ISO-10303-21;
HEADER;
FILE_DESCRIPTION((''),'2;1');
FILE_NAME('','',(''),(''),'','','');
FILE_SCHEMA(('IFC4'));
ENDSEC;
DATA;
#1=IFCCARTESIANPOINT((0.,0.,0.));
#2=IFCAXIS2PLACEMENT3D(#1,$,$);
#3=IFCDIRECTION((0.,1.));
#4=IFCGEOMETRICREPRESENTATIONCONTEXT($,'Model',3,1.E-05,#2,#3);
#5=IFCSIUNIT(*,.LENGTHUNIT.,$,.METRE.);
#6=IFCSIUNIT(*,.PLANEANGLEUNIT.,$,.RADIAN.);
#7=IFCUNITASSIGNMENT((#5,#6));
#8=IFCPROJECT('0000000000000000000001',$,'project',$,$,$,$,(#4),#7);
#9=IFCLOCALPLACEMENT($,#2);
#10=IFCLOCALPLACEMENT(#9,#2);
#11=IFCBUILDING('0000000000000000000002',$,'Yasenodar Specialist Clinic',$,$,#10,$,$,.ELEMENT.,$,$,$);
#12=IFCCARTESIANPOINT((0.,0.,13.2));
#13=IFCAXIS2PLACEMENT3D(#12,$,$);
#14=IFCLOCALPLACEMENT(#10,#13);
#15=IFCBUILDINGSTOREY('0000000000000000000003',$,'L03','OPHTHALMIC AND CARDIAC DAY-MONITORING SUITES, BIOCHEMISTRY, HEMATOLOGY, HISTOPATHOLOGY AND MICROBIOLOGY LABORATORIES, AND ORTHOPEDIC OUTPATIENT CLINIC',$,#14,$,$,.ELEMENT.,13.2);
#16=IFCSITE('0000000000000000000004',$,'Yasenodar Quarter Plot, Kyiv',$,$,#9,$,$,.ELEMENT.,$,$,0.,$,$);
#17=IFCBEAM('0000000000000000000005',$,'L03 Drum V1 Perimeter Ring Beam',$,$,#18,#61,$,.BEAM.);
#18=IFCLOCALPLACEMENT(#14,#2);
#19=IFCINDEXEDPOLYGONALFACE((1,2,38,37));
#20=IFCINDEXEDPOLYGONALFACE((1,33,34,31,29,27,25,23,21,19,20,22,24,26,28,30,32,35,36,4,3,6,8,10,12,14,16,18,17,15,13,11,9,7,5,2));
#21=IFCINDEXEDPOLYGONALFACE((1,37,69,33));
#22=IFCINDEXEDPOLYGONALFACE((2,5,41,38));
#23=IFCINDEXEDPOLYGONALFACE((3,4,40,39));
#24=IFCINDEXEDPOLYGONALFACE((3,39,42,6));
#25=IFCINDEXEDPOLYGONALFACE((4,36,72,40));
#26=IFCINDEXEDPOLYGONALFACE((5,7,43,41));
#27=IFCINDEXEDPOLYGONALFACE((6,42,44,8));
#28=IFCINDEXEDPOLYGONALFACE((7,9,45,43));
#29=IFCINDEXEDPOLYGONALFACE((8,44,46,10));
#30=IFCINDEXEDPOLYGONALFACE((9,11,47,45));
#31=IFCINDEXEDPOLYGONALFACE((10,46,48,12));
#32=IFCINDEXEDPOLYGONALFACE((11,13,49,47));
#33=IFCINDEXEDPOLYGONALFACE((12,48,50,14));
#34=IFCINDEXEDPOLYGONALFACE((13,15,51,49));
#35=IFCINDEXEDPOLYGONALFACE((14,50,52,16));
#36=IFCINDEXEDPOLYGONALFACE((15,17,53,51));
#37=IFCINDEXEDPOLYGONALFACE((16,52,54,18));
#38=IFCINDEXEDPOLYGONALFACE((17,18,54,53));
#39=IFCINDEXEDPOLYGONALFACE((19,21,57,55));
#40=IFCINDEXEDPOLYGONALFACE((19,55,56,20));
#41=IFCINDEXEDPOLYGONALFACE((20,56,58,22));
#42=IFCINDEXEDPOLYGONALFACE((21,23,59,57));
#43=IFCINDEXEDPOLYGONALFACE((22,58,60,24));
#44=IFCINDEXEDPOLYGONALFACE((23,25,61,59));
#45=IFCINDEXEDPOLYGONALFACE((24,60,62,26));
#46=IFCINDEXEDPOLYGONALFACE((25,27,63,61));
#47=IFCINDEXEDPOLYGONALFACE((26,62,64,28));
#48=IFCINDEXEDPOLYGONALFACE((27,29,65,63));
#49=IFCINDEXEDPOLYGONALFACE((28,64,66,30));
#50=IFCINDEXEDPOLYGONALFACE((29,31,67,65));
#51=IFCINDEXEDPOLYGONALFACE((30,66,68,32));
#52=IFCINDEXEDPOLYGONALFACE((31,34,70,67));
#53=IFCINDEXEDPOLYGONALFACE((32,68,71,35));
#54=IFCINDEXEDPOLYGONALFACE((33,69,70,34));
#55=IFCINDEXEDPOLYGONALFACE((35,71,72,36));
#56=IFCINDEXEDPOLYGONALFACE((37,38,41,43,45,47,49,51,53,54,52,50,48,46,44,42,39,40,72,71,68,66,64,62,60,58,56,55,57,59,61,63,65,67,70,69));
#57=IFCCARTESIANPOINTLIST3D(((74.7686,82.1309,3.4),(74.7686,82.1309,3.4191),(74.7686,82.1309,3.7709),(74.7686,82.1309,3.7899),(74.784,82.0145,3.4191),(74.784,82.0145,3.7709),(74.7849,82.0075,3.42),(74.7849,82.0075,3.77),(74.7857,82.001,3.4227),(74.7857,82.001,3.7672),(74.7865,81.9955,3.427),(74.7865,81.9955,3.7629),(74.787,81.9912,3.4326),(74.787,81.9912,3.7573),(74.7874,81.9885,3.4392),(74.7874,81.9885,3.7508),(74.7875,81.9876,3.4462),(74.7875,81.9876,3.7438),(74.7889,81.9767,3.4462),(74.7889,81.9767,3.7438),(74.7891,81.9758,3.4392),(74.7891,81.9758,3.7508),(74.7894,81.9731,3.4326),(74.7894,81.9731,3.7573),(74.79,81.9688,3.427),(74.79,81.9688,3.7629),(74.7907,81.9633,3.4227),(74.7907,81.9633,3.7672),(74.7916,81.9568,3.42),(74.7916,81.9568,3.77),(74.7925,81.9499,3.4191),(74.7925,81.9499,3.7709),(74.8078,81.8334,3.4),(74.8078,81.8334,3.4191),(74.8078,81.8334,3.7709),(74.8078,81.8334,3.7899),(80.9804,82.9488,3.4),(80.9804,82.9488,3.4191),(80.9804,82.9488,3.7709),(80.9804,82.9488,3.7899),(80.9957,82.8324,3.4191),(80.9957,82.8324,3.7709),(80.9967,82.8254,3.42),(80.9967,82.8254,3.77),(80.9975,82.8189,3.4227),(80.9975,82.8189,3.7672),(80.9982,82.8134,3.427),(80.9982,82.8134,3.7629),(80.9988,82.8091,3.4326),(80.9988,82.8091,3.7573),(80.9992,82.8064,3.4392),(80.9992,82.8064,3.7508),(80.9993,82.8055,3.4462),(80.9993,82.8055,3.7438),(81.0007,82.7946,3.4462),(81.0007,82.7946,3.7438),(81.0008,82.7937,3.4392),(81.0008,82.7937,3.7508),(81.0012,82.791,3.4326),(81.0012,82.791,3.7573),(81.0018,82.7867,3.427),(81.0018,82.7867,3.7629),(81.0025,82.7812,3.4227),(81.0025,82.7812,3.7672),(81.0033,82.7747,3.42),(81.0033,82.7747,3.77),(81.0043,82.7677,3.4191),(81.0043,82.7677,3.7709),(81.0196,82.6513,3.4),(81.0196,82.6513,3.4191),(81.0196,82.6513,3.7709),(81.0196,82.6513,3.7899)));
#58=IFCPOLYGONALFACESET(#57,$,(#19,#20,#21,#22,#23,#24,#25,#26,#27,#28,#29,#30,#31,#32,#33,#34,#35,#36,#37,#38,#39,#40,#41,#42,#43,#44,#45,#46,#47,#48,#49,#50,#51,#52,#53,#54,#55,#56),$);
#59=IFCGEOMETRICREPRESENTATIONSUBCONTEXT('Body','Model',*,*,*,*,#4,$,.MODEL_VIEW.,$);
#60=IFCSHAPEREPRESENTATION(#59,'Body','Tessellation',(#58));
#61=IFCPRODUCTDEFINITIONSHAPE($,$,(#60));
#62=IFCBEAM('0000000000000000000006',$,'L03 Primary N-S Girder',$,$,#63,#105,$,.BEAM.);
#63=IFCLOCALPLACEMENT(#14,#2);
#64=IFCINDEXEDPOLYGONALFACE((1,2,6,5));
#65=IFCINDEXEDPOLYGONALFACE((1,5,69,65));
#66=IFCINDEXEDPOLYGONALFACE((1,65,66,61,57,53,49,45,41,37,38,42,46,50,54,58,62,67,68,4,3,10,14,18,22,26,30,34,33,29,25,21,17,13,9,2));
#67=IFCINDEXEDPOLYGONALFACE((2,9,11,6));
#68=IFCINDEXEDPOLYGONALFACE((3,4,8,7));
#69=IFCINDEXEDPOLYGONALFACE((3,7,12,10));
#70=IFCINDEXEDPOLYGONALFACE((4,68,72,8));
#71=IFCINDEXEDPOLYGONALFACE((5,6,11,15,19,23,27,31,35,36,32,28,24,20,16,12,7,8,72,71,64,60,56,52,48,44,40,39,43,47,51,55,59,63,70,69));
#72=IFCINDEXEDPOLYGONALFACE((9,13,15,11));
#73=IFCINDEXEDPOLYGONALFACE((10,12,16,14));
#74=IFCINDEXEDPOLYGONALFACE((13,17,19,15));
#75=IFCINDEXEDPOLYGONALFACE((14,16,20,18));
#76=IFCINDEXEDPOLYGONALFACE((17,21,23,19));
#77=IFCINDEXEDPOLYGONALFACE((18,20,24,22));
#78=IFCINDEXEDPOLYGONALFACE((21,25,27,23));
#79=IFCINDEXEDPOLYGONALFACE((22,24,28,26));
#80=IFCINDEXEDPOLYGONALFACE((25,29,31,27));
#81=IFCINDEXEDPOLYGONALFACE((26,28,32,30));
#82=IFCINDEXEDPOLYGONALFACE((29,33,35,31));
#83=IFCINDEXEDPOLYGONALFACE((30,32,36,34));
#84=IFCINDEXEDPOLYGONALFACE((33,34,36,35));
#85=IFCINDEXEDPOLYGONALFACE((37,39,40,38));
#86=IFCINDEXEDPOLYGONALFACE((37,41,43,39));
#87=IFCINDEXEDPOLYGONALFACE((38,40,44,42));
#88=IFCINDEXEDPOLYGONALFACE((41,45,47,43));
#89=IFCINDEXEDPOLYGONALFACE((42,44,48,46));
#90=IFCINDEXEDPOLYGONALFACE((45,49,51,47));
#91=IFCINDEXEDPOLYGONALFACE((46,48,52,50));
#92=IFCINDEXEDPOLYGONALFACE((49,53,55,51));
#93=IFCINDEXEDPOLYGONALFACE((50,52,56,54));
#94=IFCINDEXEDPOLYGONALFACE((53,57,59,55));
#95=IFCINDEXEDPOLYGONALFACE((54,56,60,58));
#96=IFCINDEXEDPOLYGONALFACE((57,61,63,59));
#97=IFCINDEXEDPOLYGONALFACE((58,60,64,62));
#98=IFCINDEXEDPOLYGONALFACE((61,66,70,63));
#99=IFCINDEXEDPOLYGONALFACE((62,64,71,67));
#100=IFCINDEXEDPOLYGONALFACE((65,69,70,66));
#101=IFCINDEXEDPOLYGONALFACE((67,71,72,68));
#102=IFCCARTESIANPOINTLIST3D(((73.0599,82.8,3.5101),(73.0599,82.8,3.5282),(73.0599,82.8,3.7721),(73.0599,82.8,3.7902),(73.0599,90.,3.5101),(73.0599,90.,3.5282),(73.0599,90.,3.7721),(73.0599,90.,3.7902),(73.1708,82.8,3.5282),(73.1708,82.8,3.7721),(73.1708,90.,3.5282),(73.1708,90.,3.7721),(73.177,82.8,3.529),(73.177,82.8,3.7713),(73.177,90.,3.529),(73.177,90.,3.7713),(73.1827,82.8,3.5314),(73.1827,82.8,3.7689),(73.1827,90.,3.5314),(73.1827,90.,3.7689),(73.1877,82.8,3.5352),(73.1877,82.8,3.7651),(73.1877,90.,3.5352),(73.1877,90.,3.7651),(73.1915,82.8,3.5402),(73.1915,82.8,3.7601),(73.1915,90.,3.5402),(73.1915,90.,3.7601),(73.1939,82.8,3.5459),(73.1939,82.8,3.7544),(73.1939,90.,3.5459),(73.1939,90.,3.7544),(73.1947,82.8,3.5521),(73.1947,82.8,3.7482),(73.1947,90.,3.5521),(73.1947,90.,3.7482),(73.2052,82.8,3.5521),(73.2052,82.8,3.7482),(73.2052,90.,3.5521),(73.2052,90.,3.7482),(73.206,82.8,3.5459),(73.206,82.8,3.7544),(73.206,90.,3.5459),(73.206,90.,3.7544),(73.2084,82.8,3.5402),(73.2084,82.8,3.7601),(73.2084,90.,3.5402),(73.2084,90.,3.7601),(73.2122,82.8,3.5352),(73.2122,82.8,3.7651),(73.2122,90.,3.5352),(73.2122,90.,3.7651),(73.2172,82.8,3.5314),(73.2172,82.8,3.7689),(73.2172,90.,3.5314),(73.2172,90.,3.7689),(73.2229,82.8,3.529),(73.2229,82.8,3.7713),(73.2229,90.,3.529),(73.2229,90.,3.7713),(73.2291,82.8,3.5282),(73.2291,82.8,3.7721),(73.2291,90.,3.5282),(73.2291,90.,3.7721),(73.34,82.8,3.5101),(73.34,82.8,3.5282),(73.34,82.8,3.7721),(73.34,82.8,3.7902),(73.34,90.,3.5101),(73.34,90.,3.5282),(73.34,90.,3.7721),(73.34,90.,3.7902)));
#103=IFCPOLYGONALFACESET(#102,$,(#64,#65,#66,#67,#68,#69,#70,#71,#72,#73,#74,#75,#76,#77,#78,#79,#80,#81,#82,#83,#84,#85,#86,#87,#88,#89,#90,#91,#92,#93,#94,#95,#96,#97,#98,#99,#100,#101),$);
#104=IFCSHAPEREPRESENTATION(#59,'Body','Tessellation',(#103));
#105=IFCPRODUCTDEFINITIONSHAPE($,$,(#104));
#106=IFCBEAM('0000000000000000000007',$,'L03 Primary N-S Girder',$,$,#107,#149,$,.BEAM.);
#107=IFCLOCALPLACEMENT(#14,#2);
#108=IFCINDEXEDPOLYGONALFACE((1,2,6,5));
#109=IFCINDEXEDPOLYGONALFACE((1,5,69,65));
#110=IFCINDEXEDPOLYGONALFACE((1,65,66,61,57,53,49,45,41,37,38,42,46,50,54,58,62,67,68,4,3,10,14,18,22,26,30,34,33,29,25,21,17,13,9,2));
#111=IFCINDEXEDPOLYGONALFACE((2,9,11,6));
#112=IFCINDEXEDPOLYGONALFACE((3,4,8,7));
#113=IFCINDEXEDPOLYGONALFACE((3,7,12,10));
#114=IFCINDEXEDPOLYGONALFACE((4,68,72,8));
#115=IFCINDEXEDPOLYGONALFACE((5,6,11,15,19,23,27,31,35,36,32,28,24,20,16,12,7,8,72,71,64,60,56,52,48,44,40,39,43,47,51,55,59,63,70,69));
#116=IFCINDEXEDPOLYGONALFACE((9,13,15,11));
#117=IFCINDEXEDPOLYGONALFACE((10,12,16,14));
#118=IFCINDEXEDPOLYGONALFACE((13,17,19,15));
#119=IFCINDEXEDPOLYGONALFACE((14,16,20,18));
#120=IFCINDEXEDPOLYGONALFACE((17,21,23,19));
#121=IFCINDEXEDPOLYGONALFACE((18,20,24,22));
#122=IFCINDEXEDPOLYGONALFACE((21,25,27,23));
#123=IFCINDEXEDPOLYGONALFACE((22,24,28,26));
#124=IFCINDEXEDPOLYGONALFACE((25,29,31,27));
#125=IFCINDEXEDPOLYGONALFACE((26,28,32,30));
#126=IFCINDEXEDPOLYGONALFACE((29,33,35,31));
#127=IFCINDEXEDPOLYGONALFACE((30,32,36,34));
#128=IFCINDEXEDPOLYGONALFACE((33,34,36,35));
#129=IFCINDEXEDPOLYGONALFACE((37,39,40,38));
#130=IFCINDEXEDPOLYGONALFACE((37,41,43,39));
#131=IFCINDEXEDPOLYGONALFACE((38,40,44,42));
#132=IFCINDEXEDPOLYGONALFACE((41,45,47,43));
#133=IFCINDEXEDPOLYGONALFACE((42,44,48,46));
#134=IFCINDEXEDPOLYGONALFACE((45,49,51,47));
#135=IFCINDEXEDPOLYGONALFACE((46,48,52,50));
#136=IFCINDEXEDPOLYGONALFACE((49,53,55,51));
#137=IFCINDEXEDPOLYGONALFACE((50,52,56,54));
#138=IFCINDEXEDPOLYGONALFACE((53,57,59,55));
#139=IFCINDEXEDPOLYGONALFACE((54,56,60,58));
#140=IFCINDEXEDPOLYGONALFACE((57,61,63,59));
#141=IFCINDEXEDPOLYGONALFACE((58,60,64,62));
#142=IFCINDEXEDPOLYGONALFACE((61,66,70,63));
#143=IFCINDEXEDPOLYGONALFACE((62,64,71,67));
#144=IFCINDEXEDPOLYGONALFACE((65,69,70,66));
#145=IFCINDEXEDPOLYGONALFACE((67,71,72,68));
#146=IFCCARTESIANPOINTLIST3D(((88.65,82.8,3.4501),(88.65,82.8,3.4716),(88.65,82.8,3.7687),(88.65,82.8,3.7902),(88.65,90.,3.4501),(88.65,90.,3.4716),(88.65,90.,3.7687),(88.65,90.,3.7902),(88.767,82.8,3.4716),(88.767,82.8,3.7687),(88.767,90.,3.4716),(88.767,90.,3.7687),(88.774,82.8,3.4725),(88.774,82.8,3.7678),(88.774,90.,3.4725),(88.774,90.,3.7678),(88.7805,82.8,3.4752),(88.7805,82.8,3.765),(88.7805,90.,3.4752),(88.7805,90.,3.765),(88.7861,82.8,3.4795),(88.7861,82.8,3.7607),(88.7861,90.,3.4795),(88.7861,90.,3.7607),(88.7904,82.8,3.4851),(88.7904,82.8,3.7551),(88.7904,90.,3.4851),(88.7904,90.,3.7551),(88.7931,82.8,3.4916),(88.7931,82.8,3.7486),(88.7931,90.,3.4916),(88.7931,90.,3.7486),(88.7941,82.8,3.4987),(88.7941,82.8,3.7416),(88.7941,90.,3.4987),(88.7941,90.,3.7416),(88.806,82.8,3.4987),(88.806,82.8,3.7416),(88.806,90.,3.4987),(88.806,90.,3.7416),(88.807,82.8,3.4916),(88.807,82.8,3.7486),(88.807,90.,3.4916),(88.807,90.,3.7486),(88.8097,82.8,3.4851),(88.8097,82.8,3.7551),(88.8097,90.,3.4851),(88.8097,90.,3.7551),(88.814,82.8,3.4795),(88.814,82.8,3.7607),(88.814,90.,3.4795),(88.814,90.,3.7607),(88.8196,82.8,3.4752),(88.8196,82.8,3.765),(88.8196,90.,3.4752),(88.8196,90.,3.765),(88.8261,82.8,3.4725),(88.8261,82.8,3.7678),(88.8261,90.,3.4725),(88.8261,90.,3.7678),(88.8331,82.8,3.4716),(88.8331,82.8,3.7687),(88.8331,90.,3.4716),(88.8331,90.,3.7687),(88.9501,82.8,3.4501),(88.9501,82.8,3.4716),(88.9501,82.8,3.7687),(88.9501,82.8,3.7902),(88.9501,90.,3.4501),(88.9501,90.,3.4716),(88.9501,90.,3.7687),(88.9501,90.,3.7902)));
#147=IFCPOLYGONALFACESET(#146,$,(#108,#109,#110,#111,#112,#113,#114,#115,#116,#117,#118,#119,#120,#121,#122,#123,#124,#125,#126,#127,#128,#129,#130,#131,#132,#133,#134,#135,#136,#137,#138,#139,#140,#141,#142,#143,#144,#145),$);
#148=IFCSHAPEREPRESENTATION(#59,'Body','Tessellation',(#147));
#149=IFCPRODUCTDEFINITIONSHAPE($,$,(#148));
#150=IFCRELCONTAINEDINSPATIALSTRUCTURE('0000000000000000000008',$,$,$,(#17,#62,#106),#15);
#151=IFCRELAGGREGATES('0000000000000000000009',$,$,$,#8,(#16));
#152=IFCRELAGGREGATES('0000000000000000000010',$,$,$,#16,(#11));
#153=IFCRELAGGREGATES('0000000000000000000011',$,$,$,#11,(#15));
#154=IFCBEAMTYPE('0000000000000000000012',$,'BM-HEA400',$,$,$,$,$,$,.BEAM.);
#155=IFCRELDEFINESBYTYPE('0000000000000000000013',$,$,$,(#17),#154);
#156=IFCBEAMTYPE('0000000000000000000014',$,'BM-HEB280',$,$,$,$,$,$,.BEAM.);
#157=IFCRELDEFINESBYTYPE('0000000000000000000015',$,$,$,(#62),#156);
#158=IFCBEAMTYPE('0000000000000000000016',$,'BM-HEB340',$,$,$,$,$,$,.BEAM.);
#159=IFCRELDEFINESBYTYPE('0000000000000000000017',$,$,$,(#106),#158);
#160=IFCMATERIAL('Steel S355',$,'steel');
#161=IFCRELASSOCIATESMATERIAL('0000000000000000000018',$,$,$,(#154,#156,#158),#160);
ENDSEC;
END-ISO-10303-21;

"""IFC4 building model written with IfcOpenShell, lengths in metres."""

from ifc_helpers import new_model, si_unit, direction, frame, origin, origin_2d, place, context, subcontext, project, spatial, i_section, extrude, material, material_profile, profile_set, type_object, element, save


model = new_model("IFC4")

# Units and contexts
model_context = context("Model", 3, precision=1e-05, world=origin(), true_north=direction((0.0, 1.0)))
body_context = subcontext(model_context, "Body", "Model", "MODEL_VIEW")
ifc_project = project(units=[si_unit("LENGTHUNIT", "METRE"), si_unit("PLANEANGLEUNIT", "RADIAN")], contexts=[model_context])

# Site, building, storey
site_placement = place(None, origin())
site = spatial("IfcSite", under=ifc_project, at=site_placement, Name="Yasenodar Quarter Plot, Kyiv", CompositionType="ELEMENT", RefElevation=0.0)
building_placement = place(site_placement, origin())
building = spatial("IfcBuilding", under=site, at=building_placement, Name="Yasenodar Specialist Clinic", CompositionType="ELEMENT")
storey_placement = place(building_placement, frame((0.0, 0.0, 13.2)))
storey = spatial("IfcBuildingStorey", under=building, at=storey_placement, Name="L03", Description="OPHTHALMIC AND CARDIAC DAY-MONITORING SUITES, BIOCHEMISTRY, HEMATOLOGY, HISTOPATHOLOGY AND MICROBIOLOGY LABORATORIES, AND ORTHOPEDIC OUTPATIENT CLINIC", CompositionType="ELEMENT", Elevation=13.2)

# Shared definitions
ifc_material_1 = material(Name="Steel S355", Category="steel")

# Beams
ifc_material_profile_1 = material_profile(ifc_material_1, i_section(OverallWidth=0.3, OverallDepth=0.3899, WebThickness=0.011, FlangeThickness=0.019, FilletRadius=0.0271, at=origin_2d()), Name="HEA 400")
ifc_profile_set_1 = profile_set([ifc_material_profile_1], Name="Steel S355")
beam_type_1 = type_object("IfcBeamType", Name="BM-HEA400", PredefinedType="BEAM", material=ifc_profile_set_1)
beam_1_placement = place(storey_placement, frame((81.0, 82.8, 3.595), z_axis=(-0.991443, -0.13054, 0.0), x_axis=(0.13054, -0.991443, 0.0)))
element("IfcBeam", 1, at=beam_1_placement, inside=storey, type_object=beam_type_1, Name="L03 Drum V1 Perimeter Ring Beam", PredefinedType="BEAM", context=body_context, shape_type="SweptSolid", body=[
    extrude(i_section(OverallWidth=0.3, OverallDepth=0.3899, WebThickness=0.011, FlangeThickness=0.019, FilletRadius=0.0271, at=origin_2d()), origin(), (0.0, 0.0, 1.0), 6.2654),
])
ifc_material_profile_2 = material_profile(ifc_material_1, i_section(OverallWidth=0.28, OverallDepth=0.28, WebThickness=0.0105, FlangeThickness=0.0181, FilletRadius=0.0239, at=origin_2d()), Name="HEB 280")
ifc_profile_set_2 = profile_set([ifc_material_profile_2], Name="Steel S355")
beam_type_2 = type_object("IfcBeamType", Name="BM-HEB280", PredefinedType="BEAM", material=ifc_profile_set_2)
beam_2_placement = place(storey_placement, frame((73.2, 82.8, 3.6501), z_axis=(0.0, 1.0, 0.0), x_axis=(-1.0, 0.0, 0.0)))
element("IfcBeam", 2, at=beam_2_placement, inside=storey, type_object=beam_type_2, Name="L03 Primary N-S Girder", PredefinedType="BEAM", context=body_context, shape_type="SweptSolid", body=[
    extrude(i_section(OverallWidth=0.28, OverallDepth=0.28, WebThickness=0.0105, FlangeThickness=0.0181, FilletRadius=0.0239, at=origin_2d()), origin(), (0.0, 0.0, 1.0), 7.2),
])
ifc_material_profile_3 = material_profile(ifc_material_1, i_section(OverallWidth=0.3, OverallDepth=0.3401, WebThickness=0.012, FlangeThickness=0.0215, FilletRadius=0.0271, at=origin_2d()), Name="HEB 340")
ifc_profile_set_3 = profile_set([ifc_material_profile_3], Name="Steel S355")
beam_type_3 = type_object("IfcBeamType", Name="BM-HEB340", PredefinedType="BEAM", material=ifc_profile_set_3)
beam_3_placement = place(storey_placement, frame((88.8, 82.8, 3.6201), z_axis=(0.0, 1.0, 0.0), x_axis=(-1.0, 0.0, 0.0)))
element("IfcBeam", 3, at=beam_3_placement, inside=storey, type_object=beam_type_3, Name="L03 Primary N-S Girder", PredefinedType="BEAM", context=body_context, shape_type="SweptSolid", body=[
    extrude(i_section(OverallWidth=0.3, OverallDepth=0.3401, WebThickness=0.012, FlangeThickness=0.0215, FilletRadius=0.0271, at=origin_2d()), origin(), (0.0, 0.0, 1.0), 7.2),
])

save(model, "model.ifc")
